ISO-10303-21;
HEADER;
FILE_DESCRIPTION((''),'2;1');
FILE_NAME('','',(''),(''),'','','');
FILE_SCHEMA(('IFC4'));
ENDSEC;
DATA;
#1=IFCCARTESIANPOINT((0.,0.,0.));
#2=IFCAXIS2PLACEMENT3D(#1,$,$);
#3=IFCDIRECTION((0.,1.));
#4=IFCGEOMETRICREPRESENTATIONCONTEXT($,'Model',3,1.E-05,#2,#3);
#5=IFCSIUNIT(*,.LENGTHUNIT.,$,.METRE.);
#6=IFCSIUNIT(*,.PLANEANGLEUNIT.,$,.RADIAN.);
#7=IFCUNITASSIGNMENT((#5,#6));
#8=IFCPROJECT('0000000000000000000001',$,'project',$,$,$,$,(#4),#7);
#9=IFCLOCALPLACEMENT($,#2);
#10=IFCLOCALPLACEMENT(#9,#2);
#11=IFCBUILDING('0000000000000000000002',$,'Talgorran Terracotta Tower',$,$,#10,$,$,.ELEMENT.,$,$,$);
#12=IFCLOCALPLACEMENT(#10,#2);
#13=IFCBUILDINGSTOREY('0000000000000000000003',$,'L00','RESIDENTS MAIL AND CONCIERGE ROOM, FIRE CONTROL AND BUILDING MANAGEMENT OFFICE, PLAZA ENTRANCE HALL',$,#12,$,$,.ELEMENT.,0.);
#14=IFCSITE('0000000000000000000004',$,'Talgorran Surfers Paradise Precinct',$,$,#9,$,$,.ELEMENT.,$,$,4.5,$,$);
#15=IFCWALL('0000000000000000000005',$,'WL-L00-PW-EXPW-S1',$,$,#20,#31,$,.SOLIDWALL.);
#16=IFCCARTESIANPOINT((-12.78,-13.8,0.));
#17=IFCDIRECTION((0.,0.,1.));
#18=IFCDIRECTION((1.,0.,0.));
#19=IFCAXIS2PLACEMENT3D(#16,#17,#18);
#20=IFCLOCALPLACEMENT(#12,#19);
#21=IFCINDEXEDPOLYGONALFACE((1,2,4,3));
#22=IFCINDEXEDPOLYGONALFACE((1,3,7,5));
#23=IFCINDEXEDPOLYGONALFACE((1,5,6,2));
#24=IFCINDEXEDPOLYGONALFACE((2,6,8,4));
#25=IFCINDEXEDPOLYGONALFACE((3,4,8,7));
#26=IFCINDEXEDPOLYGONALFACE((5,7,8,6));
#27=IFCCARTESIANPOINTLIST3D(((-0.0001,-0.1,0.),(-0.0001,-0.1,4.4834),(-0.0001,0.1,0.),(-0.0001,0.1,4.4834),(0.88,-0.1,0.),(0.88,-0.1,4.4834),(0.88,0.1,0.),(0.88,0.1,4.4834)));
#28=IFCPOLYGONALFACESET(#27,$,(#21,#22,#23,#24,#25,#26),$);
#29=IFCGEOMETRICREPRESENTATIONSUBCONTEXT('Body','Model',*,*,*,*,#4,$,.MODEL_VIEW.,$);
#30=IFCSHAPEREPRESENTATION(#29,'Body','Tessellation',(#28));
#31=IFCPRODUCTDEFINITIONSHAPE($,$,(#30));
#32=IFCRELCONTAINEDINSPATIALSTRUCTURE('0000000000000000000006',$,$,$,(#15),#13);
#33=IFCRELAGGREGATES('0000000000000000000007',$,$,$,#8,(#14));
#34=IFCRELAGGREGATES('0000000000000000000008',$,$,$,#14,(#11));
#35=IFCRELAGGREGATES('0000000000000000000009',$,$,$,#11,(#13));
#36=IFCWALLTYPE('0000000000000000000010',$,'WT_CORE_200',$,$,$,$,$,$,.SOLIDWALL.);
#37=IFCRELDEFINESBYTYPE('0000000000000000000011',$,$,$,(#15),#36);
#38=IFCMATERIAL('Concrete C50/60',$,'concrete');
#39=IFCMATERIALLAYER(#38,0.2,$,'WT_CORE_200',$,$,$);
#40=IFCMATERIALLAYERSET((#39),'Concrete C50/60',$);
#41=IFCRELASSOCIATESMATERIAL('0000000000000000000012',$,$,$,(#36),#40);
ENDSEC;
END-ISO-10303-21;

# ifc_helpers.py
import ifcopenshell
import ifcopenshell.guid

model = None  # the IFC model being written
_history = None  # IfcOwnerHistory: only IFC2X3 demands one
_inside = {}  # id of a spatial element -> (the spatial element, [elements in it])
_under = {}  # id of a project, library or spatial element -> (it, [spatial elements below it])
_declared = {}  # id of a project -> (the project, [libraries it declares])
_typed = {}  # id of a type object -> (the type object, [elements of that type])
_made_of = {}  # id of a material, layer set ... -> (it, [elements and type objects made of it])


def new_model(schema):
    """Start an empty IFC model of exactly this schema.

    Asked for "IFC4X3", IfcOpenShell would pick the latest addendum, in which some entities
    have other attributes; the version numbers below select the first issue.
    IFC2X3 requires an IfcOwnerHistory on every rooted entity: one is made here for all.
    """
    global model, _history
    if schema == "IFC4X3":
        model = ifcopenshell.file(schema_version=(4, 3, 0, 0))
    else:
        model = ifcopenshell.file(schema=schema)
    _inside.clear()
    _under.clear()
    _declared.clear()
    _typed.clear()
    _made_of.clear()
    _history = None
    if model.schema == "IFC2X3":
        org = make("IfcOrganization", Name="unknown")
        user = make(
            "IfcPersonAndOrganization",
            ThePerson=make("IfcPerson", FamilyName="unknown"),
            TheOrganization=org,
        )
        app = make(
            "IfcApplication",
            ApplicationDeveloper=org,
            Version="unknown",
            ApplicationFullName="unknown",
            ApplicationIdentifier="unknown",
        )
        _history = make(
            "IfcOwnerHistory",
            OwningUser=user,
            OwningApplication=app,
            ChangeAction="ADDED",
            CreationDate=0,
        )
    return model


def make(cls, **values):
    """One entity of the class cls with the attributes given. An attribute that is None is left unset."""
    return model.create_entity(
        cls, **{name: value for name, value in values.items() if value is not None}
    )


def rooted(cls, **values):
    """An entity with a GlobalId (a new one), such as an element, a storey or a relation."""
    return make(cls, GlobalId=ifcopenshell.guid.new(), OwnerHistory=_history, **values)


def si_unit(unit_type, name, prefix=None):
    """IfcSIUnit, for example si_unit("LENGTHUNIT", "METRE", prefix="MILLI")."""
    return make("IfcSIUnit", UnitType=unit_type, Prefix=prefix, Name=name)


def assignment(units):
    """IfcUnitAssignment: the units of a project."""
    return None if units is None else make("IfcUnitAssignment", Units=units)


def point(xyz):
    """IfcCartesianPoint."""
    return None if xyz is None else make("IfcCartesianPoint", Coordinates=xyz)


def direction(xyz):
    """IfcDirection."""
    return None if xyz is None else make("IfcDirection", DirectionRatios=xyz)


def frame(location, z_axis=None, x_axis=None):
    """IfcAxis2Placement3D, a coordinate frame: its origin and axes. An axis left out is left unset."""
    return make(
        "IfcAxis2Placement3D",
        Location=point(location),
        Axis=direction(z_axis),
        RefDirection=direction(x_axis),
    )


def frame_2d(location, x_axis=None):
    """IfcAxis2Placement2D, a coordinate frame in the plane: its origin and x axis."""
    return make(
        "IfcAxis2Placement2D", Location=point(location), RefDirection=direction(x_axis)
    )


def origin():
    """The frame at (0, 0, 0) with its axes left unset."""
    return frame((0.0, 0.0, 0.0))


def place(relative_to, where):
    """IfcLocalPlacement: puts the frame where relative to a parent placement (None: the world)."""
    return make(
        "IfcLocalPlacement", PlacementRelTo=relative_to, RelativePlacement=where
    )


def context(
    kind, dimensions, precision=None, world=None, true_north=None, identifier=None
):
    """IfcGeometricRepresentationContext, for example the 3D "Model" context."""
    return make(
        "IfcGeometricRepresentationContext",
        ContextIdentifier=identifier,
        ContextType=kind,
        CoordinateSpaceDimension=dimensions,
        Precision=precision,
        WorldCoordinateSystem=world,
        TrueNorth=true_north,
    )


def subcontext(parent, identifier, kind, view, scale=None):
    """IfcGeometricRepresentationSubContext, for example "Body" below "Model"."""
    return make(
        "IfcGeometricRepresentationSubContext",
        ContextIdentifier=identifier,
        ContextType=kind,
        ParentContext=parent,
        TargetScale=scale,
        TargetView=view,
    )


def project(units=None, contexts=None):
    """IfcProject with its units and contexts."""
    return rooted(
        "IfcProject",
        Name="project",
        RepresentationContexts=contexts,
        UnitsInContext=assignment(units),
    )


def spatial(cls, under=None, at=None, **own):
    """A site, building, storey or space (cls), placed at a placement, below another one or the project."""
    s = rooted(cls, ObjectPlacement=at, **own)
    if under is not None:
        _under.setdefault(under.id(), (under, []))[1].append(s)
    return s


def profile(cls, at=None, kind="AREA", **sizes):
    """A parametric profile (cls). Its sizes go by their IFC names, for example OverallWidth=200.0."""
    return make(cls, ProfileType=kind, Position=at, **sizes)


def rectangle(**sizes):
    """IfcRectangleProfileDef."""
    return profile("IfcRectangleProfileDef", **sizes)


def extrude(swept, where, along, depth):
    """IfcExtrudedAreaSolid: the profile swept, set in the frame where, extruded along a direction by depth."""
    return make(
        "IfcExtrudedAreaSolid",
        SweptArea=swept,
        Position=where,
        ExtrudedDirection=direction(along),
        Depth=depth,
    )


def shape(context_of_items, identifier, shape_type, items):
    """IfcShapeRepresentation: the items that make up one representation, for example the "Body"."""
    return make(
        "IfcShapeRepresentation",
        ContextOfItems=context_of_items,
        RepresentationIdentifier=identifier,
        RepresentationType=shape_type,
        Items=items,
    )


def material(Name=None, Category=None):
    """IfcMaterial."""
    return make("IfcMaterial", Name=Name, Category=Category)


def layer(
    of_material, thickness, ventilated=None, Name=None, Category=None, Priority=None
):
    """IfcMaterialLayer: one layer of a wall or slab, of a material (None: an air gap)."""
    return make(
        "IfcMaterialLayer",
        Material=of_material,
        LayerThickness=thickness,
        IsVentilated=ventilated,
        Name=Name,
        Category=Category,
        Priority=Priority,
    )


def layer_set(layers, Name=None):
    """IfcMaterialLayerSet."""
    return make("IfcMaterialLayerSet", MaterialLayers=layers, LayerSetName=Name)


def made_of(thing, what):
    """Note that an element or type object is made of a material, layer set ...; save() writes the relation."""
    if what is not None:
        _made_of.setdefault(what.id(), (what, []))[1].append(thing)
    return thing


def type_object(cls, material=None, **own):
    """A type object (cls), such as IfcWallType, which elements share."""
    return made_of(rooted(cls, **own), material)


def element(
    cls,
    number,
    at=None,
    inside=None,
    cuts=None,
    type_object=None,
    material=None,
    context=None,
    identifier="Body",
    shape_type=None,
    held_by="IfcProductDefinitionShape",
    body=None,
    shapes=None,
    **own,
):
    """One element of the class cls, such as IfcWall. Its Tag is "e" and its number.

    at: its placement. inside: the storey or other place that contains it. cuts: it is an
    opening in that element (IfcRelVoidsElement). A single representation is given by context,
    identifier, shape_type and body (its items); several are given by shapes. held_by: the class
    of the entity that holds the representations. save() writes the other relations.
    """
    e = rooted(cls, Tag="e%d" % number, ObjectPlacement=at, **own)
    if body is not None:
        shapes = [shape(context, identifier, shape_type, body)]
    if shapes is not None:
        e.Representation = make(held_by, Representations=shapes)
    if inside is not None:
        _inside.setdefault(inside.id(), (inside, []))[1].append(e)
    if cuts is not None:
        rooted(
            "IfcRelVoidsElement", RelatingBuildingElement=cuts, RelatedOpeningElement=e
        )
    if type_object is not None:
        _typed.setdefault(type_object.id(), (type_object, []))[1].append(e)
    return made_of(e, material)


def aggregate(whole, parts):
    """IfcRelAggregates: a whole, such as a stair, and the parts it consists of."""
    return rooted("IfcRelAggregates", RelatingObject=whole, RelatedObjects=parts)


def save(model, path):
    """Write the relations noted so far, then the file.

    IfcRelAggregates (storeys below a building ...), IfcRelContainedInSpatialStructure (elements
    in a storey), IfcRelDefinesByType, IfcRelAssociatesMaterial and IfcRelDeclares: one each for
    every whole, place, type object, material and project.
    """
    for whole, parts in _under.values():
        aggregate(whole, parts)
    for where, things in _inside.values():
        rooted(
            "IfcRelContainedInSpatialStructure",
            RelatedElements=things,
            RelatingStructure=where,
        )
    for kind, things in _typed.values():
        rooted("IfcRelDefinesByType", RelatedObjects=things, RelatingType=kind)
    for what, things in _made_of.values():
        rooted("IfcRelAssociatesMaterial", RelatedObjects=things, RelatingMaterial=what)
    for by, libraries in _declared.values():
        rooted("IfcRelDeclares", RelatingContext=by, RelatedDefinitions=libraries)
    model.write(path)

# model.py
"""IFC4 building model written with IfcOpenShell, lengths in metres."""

from ifc_helpers import new_model, si_unit, direction, frame, frame_2d, origin, place, context, subcontext, project, spatial, rectangle, extrude, material, layer, layer_set, type_object, element, save


model = new_model("IFC4")

# Units and contexts
model_context = context("Model", 3, precision=1e-05, world=origin(), true_north=direction((0.0, 1.0)))
body_context = subcontext(model_context, "Body", "Model", "MODEL_VIEW")
ifc_project = project(units=[si_unit("LENGTHUNIT", "METRE"), si_unit("PLANEANGLEUNIT", "RADIAN")], contexts=[model_context])

# Site, building, storey
site_placement = place(None, origin())
site = spatial("IfcSite", under=ifc_project, at=site_placement, Name="Talgorran Surfers Paradise Precinct", CompositionType="ELEMENT", RefElevation=4.5)
building_placement = place(site_placement, origin())
building = spatial("IfcBuilding", under=site, at=building_placement, Name="Talgorran Terracotta Tower", CompositionType="ELEMENT")
storey_placement = place(building_placement, origin())
storey = spatial("IfcBuildingStorey", under=building, at=storey_placement, Name="L00", Description="RESIDENTS MAIL AND CONCIERGE ROOM, FIRE CONTROL AND BUILDING MANAGEMENT OFFICE, PLAZA ENTRANCE HALL", CompositionType="ELEMENT", Elevation=0.0)

# Wall
ifc_material_1 = material(Name="Concrete C50/60", Category="concrete")
ifc_layer_1 = layer(ifc_material_1, 0.2, Name="WT_CORE_200")
ifc_layer_set_1 = layer_set([ifc_layer_1], Name="Concrete C50/60")
wall_type_1 = type_object("IfcWallType", Name="WT_CORE_200", PredefinedType="SOLIDWALL", material=ifc_layer_set_1)
wall_1_placement = place(storey_placement, frame((-12.78, -13.8, 0.0), z_axis=(0.0, 0.0, 1.0), x_axis=(1.0, 0.0, 0.0)))
element("IfcWall", 1, at=wall_1_placement, inside=storey, type_object=wall_type_1, Name="WL-L00-PW-EXPW-S1", PredefinedType="SOLIDWALL", context=body_context, shape_type="SweptSolid", body=[
    extrude(rectangle(XDim=0.8801, YDim=0.2, at=frame_2d((0.4399, 0.0))), origin(), (0.0, 0.0, 1.0), 4.4834),
])

save(model, "model.ifc")
